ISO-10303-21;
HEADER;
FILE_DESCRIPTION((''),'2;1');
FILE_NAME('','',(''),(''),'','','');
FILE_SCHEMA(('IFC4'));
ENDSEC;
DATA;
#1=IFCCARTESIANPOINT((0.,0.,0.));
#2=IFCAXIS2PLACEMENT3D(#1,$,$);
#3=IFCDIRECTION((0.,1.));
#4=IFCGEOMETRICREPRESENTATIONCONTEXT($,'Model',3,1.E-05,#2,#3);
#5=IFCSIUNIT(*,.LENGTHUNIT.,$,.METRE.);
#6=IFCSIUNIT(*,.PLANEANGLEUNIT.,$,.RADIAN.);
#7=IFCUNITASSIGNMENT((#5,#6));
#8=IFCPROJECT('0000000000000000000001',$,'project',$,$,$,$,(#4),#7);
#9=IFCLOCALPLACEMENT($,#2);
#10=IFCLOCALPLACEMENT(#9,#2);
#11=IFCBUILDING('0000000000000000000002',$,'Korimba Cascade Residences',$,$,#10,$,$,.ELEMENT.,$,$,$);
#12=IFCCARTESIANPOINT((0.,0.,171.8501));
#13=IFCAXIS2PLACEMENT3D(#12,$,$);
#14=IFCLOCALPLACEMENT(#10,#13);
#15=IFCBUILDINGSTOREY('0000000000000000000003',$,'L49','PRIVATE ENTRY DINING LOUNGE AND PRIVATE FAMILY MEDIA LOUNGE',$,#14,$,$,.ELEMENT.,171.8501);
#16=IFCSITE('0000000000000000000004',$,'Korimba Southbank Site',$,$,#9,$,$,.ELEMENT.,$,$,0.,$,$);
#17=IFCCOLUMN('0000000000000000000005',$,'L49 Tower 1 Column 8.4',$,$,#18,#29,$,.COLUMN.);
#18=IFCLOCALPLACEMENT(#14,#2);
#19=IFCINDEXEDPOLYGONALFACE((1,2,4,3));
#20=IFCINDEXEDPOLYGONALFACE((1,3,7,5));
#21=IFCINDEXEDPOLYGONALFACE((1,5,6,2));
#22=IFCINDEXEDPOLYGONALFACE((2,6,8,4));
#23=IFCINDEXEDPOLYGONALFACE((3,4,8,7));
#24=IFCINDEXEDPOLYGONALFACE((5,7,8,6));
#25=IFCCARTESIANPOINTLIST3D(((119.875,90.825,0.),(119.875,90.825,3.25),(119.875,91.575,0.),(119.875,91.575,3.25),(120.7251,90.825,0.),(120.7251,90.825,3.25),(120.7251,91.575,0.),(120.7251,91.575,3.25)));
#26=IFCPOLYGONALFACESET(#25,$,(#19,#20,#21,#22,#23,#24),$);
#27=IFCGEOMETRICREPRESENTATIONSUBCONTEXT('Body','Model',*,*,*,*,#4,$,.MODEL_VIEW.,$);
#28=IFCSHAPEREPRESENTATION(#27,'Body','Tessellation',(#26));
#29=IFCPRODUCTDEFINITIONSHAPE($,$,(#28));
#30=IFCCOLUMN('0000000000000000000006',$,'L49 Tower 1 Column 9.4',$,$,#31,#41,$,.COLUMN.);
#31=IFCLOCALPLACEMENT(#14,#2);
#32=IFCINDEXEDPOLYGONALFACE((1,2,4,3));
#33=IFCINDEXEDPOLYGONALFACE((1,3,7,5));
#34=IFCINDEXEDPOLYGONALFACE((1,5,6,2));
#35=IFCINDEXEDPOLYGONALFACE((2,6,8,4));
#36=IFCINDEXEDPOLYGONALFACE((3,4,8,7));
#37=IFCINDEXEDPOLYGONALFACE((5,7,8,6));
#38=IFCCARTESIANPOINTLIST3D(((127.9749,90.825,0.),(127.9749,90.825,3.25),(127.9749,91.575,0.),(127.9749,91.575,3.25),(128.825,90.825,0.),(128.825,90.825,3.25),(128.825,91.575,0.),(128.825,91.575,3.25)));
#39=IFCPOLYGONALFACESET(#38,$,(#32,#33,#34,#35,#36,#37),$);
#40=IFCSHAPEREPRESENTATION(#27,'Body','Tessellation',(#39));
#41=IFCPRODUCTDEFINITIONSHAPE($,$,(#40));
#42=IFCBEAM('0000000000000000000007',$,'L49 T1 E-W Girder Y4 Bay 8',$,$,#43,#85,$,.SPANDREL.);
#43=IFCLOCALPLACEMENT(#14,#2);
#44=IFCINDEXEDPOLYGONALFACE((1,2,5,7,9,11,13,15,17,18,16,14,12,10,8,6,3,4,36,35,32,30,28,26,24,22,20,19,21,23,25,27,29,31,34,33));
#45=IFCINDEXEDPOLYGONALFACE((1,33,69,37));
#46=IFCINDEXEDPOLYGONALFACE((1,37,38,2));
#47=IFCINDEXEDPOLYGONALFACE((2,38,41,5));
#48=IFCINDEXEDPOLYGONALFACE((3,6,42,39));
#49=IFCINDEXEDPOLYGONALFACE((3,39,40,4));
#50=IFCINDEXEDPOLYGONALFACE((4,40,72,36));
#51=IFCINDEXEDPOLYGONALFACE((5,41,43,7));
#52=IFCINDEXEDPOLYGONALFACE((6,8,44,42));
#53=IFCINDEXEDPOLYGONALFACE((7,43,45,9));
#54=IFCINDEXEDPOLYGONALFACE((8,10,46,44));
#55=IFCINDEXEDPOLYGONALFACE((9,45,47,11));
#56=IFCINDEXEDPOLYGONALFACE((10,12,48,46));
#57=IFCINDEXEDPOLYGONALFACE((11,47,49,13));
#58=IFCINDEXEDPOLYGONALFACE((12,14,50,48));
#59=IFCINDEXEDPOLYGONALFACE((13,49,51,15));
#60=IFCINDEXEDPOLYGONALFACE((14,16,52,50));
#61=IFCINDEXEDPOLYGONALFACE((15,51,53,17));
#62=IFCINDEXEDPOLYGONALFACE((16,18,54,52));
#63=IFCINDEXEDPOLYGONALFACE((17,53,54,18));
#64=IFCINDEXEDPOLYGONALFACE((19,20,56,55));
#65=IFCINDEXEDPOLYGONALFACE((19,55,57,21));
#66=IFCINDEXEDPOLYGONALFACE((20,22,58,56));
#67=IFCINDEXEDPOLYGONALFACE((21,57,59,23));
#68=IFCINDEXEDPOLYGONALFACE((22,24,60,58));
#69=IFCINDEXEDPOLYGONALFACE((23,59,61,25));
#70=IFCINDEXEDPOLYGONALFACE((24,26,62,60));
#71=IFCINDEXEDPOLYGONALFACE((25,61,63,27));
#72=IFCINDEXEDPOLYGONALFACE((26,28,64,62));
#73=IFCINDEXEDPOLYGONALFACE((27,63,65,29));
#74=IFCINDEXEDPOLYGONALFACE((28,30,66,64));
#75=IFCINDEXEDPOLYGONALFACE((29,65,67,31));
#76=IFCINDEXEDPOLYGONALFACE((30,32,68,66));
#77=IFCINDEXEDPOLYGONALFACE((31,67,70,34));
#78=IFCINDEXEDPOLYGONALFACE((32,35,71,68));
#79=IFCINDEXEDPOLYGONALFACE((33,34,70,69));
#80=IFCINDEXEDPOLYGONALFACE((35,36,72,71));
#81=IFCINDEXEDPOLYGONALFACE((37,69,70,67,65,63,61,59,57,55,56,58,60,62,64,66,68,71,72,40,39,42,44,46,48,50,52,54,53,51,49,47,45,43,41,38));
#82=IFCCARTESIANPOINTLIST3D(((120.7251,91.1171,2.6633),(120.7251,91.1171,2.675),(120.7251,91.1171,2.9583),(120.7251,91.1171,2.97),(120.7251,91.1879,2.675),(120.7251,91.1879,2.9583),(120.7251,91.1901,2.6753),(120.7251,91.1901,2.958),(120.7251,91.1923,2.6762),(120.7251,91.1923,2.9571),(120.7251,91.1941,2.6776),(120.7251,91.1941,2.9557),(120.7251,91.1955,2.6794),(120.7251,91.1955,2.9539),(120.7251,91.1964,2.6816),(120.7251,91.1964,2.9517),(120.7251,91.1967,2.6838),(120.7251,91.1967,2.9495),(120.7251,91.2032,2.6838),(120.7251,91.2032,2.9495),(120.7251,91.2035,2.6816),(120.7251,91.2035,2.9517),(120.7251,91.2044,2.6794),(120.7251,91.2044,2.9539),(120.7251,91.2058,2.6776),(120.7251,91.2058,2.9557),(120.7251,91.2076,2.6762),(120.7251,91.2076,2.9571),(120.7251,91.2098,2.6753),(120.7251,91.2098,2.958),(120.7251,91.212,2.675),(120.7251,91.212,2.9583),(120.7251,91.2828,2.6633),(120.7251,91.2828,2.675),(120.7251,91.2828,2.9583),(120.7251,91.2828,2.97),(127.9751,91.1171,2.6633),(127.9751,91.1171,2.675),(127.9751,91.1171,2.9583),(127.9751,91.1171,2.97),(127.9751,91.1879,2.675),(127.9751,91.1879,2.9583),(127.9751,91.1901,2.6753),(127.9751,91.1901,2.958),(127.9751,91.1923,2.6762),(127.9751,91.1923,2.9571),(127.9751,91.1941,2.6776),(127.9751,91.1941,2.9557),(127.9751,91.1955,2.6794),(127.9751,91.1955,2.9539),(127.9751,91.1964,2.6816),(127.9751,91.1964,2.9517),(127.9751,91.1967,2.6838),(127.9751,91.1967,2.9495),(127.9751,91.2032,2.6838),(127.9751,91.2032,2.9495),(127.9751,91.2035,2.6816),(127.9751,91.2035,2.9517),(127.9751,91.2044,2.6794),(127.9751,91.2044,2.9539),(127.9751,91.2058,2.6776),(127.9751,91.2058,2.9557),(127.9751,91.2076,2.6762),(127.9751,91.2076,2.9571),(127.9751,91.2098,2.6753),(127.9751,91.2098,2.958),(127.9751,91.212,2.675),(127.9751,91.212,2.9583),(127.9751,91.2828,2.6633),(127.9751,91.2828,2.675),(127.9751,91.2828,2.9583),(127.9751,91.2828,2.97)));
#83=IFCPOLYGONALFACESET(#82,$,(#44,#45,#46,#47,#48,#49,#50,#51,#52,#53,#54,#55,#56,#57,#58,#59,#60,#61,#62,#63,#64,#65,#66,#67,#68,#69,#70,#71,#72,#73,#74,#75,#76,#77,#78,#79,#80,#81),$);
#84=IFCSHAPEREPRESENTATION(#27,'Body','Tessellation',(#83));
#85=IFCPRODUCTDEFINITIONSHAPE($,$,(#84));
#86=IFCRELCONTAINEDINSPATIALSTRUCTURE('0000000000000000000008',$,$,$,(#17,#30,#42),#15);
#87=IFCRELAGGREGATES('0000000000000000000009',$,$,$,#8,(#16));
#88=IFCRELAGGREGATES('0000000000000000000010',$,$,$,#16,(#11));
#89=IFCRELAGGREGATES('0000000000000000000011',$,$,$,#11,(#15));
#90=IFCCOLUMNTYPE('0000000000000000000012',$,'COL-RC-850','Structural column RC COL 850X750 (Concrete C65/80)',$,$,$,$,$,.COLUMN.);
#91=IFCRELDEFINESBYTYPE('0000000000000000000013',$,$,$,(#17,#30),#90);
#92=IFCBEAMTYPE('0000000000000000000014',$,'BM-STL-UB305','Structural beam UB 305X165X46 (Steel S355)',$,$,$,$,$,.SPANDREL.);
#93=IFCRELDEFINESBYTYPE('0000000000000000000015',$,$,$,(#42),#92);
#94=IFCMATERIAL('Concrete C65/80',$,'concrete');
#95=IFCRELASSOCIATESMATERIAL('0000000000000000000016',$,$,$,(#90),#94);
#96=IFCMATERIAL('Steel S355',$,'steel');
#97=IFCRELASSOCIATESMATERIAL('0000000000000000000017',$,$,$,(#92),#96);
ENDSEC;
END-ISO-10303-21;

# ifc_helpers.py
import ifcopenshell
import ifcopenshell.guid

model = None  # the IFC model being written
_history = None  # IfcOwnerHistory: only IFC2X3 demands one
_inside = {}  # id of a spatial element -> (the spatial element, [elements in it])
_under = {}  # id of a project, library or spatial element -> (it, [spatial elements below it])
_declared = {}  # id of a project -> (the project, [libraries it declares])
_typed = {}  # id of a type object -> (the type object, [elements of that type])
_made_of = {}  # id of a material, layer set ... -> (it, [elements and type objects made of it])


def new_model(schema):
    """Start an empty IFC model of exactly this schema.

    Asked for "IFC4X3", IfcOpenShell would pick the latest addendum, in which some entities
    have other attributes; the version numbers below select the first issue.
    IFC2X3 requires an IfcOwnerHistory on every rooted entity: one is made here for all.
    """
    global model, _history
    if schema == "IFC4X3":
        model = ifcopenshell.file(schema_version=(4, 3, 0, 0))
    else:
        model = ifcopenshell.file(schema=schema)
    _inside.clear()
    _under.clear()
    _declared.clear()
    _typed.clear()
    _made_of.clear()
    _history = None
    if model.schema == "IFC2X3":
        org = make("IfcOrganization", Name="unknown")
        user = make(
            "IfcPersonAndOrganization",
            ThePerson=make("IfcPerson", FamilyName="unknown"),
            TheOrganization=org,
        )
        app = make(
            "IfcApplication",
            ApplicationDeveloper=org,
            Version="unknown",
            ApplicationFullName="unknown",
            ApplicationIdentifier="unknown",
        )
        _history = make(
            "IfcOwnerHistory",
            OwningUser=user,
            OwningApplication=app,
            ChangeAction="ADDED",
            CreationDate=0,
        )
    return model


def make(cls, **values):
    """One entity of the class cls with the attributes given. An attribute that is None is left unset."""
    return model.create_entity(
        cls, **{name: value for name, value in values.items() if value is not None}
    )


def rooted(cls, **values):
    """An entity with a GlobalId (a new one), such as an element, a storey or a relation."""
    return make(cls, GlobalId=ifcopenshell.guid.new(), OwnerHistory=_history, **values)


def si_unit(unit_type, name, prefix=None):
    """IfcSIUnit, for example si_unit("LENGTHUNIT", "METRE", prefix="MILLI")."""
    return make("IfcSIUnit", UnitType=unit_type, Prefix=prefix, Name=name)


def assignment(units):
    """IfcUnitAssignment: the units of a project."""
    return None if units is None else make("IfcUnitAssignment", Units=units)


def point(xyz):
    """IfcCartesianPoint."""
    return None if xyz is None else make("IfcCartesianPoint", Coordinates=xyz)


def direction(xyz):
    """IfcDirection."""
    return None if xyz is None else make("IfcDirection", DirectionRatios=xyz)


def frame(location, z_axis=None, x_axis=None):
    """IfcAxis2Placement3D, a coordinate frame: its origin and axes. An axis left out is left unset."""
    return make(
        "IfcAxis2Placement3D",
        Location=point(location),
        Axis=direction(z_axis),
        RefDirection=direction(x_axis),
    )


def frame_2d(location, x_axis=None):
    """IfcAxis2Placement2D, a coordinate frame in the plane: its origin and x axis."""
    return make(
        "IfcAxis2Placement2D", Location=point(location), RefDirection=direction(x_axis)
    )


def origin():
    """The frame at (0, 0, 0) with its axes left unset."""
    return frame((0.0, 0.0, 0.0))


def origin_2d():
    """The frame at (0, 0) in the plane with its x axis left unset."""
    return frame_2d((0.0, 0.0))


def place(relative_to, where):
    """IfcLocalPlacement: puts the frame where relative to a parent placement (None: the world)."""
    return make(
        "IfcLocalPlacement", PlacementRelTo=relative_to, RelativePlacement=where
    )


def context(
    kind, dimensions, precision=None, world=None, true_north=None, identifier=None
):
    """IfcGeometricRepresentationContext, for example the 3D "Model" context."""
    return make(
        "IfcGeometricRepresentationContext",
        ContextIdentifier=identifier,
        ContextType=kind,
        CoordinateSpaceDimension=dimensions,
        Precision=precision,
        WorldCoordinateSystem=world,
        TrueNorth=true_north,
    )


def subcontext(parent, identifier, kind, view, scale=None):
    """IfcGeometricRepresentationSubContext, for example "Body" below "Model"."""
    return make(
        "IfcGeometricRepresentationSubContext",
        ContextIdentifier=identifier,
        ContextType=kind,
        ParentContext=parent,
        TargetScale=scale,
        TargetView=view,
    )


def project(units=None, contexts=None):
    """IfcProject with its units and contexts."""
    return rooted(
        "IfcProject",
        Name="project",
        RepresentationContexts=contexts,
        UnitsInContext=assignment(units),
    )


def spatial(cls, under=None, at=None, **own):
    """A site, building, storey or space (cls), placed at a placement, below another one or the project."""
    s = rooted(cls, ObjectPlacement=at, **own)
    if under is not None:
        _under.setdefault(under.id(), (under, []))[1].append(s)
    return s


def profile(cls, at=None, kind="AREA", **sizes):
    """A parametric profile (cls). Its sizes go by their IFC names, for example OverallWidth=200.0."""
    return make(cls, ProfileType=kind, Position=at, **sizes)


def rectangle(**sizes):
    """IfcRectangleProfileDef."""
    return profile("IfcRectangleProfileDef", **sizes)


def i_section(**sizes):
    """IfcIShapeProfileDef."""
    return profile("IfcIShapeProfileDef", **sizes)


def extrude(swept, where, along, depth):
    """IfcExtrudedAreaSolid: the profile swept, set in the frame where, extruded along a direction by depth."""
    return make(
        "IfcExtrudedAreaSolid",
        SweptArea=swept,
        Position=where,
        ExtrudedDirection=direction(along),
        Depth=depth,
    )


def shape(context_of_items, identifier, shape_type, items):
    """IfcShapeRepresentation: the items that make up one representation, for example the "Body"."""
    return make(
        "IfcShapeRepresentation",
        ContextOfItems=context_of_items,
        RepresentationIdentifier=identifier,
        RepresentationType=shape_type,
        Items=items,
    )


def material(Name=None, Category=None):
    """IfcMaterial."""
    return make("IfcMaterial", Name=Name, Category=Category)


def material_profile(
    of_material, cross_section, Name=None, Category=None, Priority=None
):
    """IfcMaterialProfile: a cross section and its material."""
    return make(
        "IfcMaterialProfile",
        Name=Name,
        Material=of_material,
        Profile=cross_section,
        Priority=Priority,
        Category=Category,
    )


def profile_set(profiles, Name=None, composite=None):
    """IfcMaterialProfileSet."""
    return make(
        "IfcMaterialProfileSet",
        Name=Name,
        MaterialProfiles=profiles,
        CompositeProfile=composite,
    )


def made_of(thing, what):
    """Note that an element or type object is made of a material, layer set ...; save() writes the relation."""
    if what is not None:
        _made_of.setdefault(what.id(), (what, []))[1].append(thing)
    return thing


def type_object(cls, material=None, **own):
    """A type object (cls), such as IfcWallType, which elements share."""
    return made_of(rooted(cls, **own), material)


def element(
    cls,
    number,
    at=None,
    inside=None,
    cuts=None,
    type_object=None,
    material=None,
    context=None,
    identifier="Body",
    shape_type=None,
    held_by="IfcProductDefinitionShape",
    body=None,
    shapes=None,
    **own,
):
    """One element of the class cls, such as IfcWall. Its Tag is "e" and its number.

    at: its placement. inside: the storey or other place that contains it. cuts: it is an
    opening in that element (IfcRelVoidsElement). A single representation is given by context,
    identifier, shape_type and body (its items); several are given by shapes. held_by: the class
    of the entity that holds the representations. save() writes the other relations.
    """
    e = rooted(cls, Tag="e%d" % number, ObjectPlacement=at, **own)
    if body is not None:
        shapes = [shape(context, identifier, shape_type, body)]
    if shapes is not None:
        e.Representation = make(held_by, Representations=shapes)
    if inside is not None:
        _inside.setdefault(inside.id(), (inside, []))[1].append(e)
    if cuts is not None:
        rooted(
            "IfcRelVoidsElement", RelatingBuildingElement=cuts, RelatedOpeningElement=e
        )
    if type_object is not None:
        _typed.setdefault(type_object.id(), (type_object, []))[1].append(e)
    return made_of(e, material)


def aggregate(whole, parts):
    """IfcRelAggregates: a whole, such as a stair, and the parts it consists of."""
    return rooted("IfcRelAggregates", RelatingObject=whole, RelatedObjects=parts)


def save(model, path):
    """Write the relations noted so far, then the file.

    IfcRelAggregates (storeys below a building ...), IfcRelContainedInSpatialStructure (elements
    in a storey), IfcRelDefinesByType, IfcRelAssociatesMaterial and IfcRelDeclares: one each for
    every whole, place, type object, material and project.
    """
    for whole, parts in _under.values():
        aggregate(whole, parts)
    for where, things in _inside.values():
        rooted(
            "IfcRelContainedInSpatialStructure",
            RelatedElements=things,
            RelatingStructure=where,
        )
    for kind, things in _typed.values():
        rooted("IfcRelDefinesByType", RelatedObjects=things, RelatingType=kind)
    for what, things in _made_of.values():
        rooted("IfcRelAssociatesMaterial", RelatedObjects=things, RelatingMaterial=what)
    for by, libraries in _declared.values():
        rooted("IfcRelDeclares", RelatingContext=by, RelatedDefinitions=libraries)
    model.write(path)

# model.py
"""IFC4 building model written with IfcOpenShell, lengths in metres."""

from ifc_helpers import new_model, si_unit, direction, frame, origin, origin_2d, place, context, subcontext, project, spatial, rectangle, i_section, extrude, material, material_profile, profile_set, type_object, element, save


model = new_model("IFC4")

# Units and contexts
model_context = context("Model", 3, precision=1e-05, world=origin(), true_north=direction((0.0, 1.0)))
body_context = subcontext(model_context, "Body", "Model", "MODEL_VIEW")
ifc_project = project(units=[si_unit("LENGTHUNIT", "METRE"), si_unit("PLANEANGLEUNIT", "RADIAN")], contexts=[model_context])

# Site, building, storey
site_placement = place(None, origin())
site = spatial("IfcSite", under=ifc_project, at=site_placement, Name="Korimba Southbank Site", CompositionType="ELEMENT", RefElevation=0.0)
building_placement = place(site_placement, origin())
building = spatial("IfcBuilding", under=site, at=building_placement, Name="Korimba Cascade Residences", CompositionType="ELEMENT")
storey_placement = place(building_placement, frame((0.0, 0.0, 171.8501)))
storey = spatial("IfcBuildingStorey", under=building, at=storey_placement, Name="L49", Description="PRIVATE ENTRY DINING LOUNGE AND PRIVATE FAMILY MEDIA LOUNGE", CompositionType="ELEMENT", Elevation=171.8501)

# Columns
ifc_material_1 = material(Name="Concrete C65/80", Category="concrete")
ifc_material_profile_1 = material_profile(ifc_material_1, rectangle(XDim=0.8501, YDim=0.75, at=origin_2d()), Name="Concrete C65/80")
ifc_profile_set_1 = profile_set([ifc_material_profile_1], Name="Concrete C65/80")
column_type = type_object("IfcColumnType", Name="COL-RC-850", Description="Structural column RC COL 850X750 (Concrete C65/80)", PredefinedType="COLUMN", material=ifc_profile_set_1)
for number, where, z_axis, x_axis, name in (
    (1, (120.3, 91.2, 0.0), (0.0, 0.0, 1.0), (1.0, 0.0, 0.0), "L49 Tower 1 Column 8.4"),
    (2, (128.3999, 91.2, 0.0), (0.0, 0.0, 1.0), (1.0, 0.0, 0.0), "L49 Tower 1 Column 9.4"),
):
    element("IfcColumn", number, at=place(storey_placement, frame(where, z_axis=z_axis, x_axis=x_axis)), inside=storey, type_object=column_type, Name=name, PredefinedType="COLUMN", context=body_context, shape_type="SweptSolid", body=[
        extrude(rectangle(XDim=0.8501, YDim=0.75, at=origin_2d()), origin(), (0.0, 0.0, 1.0), 3.25),
    ])

# Beam
ifc_material_2 = material(Name="Steel S355", Category="steel")
ifc_material_profile_2 = material_profile(ifc_material_2, i_section(OverallWidth=0.1658, OverallDepth=0.3066, WebThickness=0.0066, FlangeThickness=0.0117, FilletRadius=0.0088, at=origin_2d()), Name="Steel S355")
ifc_profile_set_2 = profile_set([ifc_material_profile_2], Name="Steel S355")
beam_type = type_object("IfcBeamType", Name="BM-STL-UB305", Description="Structural beam UB 305X165X46 (Steel S355)", PredefinedType="SPANDREL", material=ifc_profile_set_2)
beam_placement = place(storey_placement, frame((120.7251, 91.2, 2.8167), z_axis=(1.0, 0.0, 0.0), x_axis=(0.0, 1.0, 0.0)))
element("IfcBeam", 3, at=beam_placement, inside=storey, type_object=beam_type, Name="L49 T1 E-W Girder Y4 Bay 8", PredefinedType="SPANDREL", context=body_context, shape_type="SweptSolid", body=[
    extrude(i_section(OverallWidth=0.1658, OverallDepth=0.3066, WebThickness=0.0066, FlangeThickness=0.0117, FilletRadius=0.0088, at=origin_2d()), origin(), (0.0, 0.0, 1.0), 7.25),
])

save(model, "model.ifc")
